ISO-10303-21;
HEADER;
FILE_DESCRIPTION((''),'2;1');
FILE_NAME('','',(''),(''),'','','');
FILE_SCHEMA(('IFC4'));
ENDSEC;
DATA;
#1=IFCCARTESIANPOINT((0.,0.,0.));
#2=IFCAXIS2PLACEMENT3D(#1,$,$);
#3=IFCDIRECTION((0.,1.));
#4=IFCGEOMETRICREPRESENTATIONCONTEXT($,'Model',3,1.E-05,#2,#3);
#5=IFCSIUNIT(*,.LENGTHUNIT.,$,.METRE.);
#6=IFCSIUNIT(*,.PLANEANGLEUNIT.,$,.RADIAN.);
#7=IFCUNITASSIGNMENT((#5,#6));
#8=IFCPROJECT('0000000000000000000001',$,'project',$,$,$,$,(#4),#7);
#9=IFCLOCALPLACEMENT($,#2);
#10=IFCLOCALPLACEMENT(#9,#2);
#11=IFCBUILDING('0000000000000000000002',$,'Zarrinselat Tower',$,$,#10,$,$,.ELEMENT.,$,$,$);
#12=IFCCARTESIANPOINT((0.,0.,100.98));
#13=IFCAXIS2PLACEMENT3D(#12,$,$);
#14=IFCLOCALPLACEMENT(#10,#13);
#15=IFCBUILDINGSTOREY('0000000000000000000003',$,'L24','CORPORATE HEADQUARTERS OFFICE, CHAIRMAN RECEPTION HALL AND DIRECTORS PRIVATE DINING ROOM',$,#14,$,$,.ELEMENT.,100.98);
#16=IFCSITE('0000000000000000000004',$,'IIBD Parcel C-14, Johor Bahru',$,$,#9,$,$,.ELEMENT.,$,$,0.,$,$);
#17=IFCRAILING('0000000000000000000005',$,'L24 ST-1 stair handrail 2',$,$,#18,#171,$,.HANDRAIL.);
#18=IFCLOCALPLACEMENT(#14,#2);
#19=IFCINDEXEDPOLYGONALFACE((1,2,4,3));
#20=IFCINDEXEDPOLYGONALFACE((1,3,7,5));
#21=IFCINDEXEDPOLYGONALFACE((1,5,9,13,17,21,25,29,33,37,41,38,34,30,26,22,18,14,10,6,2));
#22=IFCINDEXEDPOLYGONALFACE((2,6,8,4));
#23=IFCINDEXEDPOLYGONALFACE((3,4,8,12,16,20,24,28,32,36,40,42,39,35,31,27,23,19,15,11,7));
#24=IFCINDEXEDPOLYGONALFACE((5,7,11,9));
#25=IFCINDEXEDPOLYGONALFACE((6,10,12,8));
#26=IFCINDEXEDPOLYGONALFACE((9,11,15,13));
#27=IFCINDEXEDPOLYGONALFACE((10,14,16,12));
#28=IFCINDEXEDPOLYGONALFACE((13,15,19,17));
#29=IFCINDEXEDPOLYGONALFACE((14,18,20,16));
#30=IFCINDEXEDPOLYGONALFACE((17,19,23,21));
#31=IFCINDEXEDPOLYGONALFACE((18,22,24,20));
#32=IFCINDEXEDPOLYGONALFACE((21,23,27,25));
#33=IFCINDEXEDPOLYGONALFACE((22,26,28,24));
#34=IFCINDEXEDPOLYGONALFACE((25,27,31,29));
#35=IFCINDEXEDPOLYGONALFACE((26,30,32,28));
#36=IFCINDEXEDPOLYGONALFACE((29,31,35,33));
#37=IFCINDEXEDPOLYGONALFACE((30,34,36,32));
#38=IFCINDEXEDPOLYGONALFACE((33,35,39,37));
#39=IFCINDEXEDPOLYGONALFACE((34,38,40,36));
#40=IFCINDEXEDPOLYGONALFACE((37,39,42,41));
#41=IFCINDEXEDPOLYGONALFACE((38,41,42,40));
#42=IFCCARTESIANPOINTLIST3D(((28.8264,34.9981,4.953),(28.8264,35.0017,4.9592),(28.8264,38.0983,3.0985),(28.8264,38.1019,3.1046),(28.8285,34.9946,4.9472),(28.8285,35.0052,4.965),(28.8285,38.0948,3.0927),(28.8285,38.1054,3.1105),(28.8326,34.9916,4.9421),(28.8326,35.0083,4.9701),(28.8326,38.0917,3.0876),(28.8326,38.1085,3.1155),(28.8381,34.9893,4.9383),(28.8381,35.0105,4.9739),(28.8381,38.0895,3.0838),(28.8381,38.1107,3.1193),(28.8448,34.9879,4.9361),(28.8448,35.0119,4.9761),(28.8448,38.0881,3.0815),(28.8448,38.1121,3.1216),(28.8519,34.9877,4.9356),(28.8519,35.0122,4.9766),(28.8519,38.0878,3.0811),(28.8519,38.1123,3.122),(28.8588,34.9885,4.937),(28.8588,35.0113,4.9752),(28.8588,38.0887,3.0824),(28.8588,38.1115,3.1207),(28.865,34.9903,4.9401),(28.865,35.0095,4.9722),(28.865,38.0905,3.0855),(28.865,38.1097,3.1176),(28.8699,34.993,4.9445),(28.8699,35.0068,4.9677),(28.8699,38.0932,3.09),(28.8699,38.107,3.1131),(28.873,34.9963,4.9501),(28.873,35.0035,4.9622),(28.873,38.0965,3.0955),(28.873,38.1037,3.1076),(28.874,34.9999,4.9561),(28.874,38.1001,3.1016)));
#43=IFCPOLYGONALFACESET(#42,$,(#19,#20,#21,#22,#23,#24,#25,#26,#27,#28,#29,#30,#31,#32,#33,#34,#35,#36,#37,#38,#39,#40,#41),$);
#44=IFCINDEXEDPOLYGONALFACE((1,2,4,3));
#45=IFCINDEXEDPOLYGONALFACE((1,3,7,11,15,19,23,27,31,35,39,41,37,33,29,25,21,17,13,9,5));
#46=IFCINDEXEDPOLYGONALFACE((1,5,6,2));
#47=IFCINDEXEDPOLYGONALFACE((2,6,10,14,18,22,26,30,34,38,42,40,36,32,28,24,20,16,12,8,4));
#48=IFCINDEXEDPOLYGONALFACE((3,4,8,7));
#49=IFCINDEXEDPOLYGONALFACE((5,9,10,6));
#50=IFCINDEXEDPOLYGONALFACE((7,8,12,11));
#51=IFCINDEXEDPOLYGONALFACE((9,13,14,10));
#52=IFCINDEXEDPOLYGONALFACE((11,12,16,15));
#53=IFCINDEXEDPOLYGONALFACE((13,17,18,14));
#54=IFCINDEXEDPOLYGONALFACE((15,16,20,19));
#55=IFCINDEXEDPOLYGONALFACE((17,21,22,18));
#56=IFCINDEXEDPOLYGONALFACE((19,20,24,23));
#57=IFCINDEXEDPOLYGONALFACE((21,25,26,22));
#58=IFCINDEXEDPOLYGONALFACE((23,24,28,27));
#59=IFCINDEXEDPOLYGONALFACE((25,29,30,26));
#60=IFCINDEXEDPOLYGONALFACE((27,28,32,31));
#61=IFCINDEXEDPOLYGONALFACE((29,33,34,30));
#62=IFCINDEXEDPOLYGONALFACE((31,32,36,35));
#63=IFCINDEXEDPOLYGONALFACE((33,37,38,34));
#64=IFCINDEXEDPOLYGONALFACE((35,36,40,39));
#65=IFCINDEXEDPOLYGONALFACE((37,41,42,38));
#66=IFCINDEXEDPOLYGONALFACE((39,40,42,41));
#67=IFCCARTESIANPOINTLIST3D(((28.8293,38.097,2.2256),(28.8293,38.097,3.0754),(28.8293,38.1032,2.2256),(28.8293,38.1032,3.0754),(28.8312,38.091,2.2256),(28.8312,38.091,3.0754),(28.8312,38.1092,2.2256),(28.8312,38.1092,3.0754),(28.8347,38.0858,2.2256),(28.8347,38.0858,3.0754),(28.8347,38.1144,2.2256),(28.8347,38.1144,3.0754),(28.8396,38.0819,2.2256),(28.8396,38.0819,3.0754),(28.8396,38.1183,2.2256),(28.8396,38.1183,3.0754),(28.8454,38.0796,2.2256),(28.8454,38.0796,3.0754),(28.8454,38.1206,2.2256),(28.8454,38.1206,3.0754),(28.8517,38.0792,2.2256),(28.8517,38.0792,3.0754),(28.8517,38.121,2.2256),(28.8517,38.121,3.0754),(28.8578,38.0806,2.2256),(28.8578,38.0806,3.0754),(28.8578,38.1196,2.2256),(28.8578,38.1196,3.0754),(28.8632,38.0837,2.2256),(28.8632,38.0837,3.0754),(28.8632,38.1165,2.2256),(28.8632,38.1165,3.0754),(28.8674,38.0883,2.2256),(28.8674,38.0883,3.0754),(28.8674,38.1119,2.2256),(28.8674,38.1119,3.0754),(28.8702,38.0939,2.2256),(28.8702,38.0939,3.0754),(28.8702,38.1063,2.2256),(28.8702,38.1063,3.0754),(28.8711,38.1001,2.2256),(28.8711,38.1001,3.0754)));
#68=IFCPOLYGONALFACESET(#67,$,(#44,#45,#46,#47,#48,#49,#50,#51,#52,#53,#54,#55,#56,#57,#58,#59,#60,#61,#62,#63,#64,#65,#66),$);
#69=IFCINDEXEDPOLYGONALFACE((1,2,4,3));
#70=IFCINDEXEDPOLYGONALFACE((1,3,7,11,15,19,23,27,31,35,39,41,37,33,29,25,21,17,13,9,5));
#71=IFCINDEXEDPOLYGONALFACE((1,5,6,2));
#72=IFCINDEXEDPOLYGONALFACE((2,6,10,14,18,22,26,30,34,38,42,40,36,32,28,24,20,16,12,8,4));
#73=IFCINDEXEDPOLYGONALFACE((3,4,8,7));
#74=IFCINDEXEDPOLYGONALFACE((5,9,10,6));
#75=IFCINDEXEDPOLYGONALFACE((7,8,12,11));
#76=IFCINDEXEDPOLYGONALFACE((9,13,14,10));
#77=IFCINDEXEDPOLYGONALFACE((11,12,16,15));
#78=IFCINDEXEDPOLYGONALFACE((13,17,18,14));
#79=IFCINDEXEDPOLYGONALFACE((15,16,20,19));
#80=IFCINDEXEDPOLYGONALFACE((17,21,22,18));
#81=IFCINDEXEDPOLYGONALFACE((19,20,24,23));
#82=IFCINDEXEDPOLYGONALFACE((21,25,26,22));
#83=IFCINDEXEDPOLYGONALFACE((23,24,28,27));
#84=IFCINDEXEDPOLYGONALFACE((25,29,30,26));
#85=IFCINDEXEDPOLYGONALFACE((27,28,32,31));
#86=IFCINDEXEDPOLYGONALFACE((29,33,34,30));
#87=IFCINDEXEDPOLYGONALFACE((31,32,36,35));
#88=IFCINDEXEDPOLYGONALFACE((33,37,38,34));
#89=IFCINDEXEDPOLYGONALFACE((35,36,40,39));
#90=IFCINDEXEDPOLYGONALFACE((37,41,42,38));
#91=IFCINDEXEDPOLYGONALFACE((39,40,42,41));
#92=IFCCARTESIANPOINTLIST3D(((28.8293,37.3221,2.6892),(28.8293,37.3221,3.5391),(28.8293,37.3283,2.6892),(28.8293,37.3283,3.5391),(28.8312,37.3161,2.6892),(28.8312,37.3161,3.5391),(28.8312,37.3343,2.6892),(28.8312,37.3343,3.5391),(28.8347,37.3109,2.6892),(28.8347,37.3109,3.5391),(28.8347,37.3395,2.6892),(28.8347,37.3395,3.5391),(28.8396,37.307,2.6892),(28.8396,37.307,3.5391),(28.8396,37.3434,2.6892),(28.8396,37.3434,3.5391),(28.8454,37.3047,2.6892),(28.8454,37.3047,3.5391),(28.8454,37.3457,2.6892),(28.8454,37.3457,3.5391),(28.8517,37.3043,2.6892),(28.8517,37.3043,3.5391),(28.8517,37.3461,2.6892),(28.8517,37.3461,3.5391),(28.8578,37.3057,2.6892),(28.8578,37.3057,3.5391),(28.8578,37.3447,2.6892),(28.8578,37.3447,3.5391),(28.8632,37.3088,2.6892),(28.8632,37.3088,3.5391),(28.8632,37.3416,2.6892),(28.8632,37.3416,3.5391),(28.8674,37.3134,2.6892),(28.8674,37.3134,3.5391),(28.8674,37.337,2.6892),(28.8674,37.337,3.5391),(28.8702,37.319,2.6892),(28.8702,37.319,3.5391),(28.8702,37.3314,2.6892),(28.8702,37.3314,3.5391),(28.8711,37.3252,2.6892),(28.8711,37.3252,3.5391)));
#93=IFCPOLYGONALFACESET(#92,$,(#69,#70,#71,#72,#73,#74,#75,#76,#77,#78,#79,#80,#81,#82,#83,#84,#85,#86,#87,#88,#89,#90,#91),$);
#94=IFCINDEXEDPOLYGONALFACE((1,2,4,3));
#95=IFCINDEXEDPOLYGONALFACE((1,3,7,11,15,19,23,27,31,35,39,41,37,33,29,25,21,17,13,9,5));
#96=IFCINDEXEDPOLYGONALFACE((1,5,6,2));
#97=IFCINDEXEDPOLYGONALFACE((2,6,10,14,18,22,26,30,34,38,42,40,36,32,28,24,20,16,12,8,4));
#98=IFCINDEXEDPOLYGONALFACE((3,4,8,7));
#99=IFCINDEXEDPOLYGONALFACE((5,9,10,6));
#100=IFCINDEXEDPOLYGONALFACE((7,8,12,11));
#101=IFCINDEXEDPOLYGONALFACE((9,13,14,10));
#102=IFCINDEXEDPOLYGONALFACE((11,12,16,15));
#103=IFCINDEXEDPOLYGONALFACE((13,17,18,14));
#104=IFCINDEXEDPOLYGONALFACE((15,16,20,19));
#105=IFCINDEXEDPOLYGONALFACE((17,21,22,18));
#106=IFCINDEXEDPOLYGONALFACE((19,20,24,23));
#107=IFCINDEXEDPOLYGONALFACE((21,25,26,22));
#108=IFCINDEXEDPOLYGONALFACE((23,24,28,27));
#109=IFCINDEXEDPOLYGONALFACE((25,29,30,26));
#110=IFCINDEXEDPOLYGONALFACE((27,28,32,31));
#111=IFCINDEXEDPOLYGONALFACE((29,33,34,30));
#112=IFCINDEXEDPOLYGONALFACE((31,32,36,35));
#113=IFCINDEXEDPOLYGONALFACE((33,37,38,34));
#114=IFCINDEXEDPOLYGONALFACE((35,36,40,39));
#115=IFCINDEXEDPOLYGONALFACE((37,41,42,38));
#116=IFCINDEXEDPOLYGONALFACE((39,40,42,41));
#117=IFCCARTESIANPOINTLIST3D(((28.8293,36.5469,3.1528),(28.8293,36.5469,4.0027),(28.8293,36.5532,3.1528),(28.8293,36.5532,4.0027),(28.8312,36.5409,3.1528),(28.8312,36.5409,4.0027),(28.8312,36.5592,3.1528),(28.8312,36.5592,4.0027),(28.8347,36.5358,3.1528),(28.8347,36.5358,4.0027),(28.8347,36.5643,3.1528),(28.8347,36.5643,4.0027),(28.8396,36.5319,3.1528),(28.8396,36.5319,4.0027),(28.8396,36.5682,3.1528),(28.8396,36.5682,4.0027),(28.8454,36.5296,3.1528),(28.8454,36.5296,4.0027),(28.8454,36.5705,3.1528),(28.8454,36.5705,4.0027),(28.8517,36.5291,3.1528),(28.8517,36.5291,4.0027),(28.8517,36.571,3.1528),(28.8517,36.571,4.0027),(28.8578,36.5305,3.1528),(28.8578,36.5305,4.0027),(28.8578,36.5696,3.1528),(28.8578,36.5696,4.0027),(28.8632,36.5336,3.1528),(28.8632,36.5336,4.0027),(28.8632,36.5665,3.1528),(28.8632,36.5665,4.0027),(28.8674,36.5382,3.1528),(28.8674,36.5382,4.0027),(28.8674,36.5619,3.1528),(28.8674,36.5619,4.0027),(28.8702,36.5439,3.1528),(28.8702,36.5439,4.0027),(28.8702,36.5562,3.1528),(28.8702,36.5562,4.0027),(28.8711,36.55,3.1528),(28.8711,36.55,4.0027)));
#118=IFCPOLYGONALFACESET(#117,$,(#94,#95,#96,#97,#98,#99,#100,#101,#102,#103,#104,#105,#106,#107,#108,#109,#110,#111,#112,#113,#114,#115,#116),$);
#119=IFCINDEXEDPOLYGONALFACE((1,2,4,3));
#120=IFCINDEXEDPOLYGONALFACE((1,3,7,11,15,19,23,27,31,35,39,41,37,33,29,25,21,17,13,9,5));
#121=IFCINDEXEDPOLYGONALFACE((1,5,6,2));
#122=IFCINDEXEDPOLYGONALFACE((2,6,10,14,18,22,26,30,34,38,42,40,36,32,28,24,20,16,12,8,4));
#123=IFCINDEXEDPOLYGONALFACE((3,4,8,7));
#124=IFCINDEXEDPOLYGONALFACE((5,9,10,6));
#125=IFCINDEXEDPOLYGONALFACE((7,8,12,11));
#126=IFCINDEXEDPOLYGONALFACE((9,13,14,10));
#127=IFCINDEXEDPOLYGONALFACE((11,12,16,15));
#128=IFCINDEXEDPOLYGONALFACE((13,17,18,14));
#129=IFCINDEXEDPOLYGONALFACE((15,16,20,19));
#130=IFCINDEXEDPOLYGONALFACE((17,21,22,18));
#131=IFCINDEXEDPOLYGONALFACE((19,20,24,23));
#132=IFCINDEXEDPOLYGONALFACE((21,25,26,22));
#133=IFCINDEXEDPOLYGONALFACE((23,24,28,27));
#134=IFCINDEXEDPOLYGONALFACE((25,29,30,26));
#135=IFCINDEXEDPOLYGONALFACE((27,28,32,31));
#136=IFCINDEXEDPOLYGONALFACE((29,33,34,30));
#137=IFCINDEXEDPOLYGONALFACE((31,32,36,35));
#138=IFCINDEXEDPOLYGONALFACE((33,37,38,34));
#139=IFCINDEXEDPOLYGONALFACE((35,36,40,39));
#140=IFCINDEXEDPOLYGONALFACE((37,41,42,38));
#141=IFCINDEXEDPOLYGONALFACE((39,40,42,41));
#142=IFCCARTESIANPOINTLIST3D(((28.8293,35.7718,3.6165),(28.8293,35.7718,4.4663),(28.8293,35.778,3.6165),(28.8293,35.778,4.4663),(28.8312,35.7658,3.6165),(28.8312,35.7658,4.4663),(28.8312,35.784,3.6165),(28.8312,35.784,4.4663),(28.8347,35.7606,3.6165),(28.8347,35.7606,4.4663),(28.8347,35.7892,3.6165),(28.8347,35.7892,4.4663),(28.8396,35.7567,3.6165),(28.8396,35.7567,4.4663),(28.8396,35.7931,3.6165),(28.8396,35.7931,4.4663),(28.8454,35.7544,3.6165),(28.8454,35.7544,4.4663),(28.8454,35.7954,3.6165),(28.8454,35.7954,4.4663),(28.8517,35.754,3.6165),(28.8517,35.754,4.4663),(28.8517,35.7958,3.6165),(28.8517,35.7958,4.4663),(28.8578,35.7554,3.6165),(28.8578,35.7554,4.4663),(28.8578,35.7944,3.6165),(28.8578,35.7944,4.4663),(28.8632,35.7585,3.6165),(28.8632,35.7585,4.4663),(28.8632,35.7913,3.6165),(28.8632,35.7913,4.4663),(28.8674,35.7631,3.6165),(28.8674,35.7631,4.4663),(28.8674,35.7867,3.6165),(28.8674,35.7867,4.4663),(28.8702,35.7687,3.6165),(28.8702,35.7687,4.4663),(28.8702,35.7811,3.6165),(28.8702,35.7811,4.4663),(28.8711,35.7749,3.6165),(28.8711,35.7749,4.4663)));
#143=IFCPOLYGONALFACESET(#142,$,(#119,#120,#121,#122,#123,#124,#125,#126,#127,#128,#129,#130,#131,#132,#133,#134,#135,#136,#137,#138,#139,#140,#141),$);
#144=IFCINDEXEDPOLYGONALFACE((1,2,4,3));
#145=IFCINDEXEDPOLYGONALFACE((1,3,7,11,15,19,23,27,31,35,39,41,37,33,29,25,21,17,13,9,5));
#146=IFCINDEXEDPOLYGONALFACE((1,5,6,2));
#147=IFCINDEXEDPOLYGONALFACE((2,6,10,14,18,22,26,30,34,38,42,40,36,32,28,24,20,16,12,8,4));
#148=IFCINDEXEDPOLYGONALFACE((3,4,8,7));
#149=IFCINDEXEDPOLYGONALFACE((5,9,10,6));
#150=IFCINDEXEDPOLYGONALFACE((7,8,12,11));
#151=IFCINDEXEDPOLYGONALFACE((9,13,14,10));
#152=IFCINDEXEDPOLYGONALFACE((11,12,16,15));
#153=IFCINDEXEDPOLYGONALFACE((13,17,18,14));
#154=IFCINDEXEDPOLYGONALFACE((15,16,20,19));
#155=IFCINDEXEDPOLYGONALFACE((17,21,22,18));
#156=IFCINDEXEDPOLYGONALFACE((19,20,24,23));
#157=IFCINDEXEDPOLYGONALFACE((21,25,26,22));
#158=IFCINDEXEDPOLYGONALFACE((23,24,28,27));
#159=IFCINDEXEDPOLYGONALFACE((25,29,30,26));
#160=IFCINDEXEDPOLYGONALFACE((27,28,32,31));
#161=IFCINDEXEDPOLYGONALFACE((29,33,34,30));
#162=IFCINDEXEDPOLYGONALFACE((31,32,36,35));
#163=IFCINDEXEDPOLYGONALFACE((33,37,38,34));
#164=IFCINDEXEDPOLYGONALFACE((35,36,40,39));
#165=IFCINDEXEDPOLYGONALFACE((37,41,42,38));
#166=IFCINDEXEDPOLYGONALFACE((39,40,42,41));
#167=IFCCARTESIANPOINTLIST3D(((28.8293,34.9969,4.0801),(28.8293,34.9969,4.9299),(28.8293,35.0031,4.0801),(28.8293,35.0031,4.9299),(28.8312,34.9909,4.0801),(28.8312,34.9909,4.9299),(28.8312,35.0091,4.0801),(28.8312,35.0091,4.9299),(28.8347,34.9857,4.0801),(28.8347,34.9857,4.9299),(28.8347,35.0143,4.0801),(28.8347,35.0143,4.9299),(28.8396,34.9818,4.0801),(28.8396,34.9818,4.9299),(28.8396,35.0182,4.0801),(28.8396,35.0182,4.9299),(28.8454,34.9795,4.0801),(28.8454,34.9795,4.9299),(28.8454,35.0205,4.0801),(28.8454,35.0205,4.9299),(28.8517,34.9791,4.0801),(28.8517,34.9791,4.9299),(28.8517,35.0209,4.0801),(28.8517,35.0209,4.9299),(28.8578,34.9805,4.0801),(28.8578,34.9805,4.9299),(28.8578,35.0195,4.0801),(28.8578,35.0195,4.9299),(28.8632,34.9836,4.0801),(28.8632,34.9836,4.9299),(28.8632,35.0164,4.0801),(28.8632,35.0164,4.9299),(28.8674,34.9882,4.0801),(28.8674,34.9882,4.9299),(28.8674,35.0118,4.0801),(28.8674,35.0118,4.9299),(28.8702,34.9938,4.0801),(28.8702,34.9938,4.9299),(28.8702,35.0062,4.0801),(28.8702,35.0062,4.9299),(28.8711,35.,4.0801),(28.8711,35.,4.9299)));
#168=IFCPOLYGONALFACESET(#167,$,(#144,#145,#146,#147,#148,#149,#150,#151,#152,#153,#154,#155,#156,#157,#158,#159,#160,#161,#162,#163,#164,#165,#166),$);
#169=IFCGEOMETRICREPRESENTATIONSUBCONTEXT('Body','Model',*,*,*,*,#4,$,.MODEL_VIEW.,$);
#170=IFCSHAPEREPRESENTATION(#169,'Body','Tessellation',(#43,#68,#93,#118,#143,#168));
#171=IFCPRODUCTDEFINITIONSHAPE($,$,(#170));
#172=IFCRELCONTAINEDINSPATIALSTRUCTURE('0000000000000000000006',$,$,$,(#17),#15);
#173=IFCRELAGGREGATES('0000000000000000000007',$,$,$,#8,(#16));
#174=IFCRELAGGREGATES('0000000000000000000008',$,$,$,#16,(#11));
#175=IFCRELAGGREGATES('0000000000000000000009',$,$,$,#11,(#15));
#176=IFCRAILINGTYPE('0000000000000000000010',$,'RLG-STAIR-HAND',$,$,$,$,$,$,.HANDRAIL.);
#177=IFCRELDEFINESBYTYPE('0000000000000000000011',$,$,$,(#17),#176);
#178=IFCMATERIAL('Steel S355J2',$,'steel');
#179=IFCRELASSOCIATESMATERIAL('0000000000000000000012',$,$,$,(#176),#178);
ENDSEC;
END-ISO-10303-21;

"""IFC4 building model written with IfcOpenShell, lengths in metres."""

from ifc_helpers import new_model, si_unit, direction, frame, origin, origin_2d, place, context, subcontext, project, spatial, circle, extrude, material, type_object, element, save


model = new_model("IFC4")

# Units and contexts
model_context = context("Model", 3, precision=1e-05, world=origin(), true_north=direction((0.0, 1.0)))
body_context = subcontext(model_context, "Body", "Model", "MODEL_VIEW")
ifc_project = project(units=[si_unit("LENGTHUNIT", "METRE"), si_unit("PLANEANGLEUNIT", "RADIAN")], contexts=[model_context])

# Site, building, storey
site_placement = place(None, origin())
site = spatial("IfcSite", under=ifc_project, at=site_placement, Name="IIBD Parcel C-14, Johor Bahru", CompositionType="ELEMENT", RefElevation=0.0)
building_placement = place(site_placement, origin())
building = spatial("IfcBuilding", under=site, at=building_placement, Name="Zarrinselat Tower", CompositionType="ELEMENT")
storey_placement = place(building_placement, frame((0.0, 0.0, 100.98)))
storey = spatial("IfcBuildingStorey", under=building, at=storey_placement, Name="L24", Description="CORPORATE HEADQUARTERS OFFICE, CHAIRMAN RECEPTION HALL AND DIRECTORS PRIVATE DINING ROOM", CompositionType="ELEMENT", Elevation=100.98)

# Railing
ifc_material_1 = material(Name="Steel S355J2", Category="steel")
railing_type_1 = type_object("IfcRailingType", Name="RLG-STAIR-HAND", PredefinedType="HANDRAIL", material=ifc_material_1)
railing_1_placement = place(storey_placement, frame((28.8501, 38.1001, 2.2256)))
element("IfcRailing", 1, at=railing_1_placement, inside=storey, type_object=railing_type_1, Name="L24 ST-1 stair handrail 2", PredefinedType="HANDRAIL", context=body_context, shape_type="SweptSolid", body=[
    extrude(circle(Radius=0.0239, at=origin_2d()), frame((0.0, 0.0, 0.876), z_axis=(0.0, -0.858172, 0.513362), x_axis=(1.0, 0.0, 0.0)), (0.0, 0.0, 1.0), 3.6125),
    extrude(circle(Radius=0.021, at=origin_2d()), origin(), (0.0, 0.0, 1.0), 0.8499),
    extrude(circle(Radius=0.021, at=origin_2d()), frame((0.0, -0.7749, 0.4636)), (0.0, 0.0, 1.0), 0.8499),
    extrude(circle(Radius=0.021, at=origin_2d()), frame((0.0, -1.55, 0.9272)), (0.0, 0.0, 1.0), 0.8499),
    extrude(circle(Radius=0.021, at=origin_2d()), frame((0.0, -2.3252, 1.3909)), (0.0, 0.0, 1.0), 0.8499),
    extrude(circle(Radius=0.021, at=origin_2d()), frame((0.0, -3.1001, 1.8545)), (0.0, 0.0, 1.0), 0.8499),
])

save(model, "model.ifc")
